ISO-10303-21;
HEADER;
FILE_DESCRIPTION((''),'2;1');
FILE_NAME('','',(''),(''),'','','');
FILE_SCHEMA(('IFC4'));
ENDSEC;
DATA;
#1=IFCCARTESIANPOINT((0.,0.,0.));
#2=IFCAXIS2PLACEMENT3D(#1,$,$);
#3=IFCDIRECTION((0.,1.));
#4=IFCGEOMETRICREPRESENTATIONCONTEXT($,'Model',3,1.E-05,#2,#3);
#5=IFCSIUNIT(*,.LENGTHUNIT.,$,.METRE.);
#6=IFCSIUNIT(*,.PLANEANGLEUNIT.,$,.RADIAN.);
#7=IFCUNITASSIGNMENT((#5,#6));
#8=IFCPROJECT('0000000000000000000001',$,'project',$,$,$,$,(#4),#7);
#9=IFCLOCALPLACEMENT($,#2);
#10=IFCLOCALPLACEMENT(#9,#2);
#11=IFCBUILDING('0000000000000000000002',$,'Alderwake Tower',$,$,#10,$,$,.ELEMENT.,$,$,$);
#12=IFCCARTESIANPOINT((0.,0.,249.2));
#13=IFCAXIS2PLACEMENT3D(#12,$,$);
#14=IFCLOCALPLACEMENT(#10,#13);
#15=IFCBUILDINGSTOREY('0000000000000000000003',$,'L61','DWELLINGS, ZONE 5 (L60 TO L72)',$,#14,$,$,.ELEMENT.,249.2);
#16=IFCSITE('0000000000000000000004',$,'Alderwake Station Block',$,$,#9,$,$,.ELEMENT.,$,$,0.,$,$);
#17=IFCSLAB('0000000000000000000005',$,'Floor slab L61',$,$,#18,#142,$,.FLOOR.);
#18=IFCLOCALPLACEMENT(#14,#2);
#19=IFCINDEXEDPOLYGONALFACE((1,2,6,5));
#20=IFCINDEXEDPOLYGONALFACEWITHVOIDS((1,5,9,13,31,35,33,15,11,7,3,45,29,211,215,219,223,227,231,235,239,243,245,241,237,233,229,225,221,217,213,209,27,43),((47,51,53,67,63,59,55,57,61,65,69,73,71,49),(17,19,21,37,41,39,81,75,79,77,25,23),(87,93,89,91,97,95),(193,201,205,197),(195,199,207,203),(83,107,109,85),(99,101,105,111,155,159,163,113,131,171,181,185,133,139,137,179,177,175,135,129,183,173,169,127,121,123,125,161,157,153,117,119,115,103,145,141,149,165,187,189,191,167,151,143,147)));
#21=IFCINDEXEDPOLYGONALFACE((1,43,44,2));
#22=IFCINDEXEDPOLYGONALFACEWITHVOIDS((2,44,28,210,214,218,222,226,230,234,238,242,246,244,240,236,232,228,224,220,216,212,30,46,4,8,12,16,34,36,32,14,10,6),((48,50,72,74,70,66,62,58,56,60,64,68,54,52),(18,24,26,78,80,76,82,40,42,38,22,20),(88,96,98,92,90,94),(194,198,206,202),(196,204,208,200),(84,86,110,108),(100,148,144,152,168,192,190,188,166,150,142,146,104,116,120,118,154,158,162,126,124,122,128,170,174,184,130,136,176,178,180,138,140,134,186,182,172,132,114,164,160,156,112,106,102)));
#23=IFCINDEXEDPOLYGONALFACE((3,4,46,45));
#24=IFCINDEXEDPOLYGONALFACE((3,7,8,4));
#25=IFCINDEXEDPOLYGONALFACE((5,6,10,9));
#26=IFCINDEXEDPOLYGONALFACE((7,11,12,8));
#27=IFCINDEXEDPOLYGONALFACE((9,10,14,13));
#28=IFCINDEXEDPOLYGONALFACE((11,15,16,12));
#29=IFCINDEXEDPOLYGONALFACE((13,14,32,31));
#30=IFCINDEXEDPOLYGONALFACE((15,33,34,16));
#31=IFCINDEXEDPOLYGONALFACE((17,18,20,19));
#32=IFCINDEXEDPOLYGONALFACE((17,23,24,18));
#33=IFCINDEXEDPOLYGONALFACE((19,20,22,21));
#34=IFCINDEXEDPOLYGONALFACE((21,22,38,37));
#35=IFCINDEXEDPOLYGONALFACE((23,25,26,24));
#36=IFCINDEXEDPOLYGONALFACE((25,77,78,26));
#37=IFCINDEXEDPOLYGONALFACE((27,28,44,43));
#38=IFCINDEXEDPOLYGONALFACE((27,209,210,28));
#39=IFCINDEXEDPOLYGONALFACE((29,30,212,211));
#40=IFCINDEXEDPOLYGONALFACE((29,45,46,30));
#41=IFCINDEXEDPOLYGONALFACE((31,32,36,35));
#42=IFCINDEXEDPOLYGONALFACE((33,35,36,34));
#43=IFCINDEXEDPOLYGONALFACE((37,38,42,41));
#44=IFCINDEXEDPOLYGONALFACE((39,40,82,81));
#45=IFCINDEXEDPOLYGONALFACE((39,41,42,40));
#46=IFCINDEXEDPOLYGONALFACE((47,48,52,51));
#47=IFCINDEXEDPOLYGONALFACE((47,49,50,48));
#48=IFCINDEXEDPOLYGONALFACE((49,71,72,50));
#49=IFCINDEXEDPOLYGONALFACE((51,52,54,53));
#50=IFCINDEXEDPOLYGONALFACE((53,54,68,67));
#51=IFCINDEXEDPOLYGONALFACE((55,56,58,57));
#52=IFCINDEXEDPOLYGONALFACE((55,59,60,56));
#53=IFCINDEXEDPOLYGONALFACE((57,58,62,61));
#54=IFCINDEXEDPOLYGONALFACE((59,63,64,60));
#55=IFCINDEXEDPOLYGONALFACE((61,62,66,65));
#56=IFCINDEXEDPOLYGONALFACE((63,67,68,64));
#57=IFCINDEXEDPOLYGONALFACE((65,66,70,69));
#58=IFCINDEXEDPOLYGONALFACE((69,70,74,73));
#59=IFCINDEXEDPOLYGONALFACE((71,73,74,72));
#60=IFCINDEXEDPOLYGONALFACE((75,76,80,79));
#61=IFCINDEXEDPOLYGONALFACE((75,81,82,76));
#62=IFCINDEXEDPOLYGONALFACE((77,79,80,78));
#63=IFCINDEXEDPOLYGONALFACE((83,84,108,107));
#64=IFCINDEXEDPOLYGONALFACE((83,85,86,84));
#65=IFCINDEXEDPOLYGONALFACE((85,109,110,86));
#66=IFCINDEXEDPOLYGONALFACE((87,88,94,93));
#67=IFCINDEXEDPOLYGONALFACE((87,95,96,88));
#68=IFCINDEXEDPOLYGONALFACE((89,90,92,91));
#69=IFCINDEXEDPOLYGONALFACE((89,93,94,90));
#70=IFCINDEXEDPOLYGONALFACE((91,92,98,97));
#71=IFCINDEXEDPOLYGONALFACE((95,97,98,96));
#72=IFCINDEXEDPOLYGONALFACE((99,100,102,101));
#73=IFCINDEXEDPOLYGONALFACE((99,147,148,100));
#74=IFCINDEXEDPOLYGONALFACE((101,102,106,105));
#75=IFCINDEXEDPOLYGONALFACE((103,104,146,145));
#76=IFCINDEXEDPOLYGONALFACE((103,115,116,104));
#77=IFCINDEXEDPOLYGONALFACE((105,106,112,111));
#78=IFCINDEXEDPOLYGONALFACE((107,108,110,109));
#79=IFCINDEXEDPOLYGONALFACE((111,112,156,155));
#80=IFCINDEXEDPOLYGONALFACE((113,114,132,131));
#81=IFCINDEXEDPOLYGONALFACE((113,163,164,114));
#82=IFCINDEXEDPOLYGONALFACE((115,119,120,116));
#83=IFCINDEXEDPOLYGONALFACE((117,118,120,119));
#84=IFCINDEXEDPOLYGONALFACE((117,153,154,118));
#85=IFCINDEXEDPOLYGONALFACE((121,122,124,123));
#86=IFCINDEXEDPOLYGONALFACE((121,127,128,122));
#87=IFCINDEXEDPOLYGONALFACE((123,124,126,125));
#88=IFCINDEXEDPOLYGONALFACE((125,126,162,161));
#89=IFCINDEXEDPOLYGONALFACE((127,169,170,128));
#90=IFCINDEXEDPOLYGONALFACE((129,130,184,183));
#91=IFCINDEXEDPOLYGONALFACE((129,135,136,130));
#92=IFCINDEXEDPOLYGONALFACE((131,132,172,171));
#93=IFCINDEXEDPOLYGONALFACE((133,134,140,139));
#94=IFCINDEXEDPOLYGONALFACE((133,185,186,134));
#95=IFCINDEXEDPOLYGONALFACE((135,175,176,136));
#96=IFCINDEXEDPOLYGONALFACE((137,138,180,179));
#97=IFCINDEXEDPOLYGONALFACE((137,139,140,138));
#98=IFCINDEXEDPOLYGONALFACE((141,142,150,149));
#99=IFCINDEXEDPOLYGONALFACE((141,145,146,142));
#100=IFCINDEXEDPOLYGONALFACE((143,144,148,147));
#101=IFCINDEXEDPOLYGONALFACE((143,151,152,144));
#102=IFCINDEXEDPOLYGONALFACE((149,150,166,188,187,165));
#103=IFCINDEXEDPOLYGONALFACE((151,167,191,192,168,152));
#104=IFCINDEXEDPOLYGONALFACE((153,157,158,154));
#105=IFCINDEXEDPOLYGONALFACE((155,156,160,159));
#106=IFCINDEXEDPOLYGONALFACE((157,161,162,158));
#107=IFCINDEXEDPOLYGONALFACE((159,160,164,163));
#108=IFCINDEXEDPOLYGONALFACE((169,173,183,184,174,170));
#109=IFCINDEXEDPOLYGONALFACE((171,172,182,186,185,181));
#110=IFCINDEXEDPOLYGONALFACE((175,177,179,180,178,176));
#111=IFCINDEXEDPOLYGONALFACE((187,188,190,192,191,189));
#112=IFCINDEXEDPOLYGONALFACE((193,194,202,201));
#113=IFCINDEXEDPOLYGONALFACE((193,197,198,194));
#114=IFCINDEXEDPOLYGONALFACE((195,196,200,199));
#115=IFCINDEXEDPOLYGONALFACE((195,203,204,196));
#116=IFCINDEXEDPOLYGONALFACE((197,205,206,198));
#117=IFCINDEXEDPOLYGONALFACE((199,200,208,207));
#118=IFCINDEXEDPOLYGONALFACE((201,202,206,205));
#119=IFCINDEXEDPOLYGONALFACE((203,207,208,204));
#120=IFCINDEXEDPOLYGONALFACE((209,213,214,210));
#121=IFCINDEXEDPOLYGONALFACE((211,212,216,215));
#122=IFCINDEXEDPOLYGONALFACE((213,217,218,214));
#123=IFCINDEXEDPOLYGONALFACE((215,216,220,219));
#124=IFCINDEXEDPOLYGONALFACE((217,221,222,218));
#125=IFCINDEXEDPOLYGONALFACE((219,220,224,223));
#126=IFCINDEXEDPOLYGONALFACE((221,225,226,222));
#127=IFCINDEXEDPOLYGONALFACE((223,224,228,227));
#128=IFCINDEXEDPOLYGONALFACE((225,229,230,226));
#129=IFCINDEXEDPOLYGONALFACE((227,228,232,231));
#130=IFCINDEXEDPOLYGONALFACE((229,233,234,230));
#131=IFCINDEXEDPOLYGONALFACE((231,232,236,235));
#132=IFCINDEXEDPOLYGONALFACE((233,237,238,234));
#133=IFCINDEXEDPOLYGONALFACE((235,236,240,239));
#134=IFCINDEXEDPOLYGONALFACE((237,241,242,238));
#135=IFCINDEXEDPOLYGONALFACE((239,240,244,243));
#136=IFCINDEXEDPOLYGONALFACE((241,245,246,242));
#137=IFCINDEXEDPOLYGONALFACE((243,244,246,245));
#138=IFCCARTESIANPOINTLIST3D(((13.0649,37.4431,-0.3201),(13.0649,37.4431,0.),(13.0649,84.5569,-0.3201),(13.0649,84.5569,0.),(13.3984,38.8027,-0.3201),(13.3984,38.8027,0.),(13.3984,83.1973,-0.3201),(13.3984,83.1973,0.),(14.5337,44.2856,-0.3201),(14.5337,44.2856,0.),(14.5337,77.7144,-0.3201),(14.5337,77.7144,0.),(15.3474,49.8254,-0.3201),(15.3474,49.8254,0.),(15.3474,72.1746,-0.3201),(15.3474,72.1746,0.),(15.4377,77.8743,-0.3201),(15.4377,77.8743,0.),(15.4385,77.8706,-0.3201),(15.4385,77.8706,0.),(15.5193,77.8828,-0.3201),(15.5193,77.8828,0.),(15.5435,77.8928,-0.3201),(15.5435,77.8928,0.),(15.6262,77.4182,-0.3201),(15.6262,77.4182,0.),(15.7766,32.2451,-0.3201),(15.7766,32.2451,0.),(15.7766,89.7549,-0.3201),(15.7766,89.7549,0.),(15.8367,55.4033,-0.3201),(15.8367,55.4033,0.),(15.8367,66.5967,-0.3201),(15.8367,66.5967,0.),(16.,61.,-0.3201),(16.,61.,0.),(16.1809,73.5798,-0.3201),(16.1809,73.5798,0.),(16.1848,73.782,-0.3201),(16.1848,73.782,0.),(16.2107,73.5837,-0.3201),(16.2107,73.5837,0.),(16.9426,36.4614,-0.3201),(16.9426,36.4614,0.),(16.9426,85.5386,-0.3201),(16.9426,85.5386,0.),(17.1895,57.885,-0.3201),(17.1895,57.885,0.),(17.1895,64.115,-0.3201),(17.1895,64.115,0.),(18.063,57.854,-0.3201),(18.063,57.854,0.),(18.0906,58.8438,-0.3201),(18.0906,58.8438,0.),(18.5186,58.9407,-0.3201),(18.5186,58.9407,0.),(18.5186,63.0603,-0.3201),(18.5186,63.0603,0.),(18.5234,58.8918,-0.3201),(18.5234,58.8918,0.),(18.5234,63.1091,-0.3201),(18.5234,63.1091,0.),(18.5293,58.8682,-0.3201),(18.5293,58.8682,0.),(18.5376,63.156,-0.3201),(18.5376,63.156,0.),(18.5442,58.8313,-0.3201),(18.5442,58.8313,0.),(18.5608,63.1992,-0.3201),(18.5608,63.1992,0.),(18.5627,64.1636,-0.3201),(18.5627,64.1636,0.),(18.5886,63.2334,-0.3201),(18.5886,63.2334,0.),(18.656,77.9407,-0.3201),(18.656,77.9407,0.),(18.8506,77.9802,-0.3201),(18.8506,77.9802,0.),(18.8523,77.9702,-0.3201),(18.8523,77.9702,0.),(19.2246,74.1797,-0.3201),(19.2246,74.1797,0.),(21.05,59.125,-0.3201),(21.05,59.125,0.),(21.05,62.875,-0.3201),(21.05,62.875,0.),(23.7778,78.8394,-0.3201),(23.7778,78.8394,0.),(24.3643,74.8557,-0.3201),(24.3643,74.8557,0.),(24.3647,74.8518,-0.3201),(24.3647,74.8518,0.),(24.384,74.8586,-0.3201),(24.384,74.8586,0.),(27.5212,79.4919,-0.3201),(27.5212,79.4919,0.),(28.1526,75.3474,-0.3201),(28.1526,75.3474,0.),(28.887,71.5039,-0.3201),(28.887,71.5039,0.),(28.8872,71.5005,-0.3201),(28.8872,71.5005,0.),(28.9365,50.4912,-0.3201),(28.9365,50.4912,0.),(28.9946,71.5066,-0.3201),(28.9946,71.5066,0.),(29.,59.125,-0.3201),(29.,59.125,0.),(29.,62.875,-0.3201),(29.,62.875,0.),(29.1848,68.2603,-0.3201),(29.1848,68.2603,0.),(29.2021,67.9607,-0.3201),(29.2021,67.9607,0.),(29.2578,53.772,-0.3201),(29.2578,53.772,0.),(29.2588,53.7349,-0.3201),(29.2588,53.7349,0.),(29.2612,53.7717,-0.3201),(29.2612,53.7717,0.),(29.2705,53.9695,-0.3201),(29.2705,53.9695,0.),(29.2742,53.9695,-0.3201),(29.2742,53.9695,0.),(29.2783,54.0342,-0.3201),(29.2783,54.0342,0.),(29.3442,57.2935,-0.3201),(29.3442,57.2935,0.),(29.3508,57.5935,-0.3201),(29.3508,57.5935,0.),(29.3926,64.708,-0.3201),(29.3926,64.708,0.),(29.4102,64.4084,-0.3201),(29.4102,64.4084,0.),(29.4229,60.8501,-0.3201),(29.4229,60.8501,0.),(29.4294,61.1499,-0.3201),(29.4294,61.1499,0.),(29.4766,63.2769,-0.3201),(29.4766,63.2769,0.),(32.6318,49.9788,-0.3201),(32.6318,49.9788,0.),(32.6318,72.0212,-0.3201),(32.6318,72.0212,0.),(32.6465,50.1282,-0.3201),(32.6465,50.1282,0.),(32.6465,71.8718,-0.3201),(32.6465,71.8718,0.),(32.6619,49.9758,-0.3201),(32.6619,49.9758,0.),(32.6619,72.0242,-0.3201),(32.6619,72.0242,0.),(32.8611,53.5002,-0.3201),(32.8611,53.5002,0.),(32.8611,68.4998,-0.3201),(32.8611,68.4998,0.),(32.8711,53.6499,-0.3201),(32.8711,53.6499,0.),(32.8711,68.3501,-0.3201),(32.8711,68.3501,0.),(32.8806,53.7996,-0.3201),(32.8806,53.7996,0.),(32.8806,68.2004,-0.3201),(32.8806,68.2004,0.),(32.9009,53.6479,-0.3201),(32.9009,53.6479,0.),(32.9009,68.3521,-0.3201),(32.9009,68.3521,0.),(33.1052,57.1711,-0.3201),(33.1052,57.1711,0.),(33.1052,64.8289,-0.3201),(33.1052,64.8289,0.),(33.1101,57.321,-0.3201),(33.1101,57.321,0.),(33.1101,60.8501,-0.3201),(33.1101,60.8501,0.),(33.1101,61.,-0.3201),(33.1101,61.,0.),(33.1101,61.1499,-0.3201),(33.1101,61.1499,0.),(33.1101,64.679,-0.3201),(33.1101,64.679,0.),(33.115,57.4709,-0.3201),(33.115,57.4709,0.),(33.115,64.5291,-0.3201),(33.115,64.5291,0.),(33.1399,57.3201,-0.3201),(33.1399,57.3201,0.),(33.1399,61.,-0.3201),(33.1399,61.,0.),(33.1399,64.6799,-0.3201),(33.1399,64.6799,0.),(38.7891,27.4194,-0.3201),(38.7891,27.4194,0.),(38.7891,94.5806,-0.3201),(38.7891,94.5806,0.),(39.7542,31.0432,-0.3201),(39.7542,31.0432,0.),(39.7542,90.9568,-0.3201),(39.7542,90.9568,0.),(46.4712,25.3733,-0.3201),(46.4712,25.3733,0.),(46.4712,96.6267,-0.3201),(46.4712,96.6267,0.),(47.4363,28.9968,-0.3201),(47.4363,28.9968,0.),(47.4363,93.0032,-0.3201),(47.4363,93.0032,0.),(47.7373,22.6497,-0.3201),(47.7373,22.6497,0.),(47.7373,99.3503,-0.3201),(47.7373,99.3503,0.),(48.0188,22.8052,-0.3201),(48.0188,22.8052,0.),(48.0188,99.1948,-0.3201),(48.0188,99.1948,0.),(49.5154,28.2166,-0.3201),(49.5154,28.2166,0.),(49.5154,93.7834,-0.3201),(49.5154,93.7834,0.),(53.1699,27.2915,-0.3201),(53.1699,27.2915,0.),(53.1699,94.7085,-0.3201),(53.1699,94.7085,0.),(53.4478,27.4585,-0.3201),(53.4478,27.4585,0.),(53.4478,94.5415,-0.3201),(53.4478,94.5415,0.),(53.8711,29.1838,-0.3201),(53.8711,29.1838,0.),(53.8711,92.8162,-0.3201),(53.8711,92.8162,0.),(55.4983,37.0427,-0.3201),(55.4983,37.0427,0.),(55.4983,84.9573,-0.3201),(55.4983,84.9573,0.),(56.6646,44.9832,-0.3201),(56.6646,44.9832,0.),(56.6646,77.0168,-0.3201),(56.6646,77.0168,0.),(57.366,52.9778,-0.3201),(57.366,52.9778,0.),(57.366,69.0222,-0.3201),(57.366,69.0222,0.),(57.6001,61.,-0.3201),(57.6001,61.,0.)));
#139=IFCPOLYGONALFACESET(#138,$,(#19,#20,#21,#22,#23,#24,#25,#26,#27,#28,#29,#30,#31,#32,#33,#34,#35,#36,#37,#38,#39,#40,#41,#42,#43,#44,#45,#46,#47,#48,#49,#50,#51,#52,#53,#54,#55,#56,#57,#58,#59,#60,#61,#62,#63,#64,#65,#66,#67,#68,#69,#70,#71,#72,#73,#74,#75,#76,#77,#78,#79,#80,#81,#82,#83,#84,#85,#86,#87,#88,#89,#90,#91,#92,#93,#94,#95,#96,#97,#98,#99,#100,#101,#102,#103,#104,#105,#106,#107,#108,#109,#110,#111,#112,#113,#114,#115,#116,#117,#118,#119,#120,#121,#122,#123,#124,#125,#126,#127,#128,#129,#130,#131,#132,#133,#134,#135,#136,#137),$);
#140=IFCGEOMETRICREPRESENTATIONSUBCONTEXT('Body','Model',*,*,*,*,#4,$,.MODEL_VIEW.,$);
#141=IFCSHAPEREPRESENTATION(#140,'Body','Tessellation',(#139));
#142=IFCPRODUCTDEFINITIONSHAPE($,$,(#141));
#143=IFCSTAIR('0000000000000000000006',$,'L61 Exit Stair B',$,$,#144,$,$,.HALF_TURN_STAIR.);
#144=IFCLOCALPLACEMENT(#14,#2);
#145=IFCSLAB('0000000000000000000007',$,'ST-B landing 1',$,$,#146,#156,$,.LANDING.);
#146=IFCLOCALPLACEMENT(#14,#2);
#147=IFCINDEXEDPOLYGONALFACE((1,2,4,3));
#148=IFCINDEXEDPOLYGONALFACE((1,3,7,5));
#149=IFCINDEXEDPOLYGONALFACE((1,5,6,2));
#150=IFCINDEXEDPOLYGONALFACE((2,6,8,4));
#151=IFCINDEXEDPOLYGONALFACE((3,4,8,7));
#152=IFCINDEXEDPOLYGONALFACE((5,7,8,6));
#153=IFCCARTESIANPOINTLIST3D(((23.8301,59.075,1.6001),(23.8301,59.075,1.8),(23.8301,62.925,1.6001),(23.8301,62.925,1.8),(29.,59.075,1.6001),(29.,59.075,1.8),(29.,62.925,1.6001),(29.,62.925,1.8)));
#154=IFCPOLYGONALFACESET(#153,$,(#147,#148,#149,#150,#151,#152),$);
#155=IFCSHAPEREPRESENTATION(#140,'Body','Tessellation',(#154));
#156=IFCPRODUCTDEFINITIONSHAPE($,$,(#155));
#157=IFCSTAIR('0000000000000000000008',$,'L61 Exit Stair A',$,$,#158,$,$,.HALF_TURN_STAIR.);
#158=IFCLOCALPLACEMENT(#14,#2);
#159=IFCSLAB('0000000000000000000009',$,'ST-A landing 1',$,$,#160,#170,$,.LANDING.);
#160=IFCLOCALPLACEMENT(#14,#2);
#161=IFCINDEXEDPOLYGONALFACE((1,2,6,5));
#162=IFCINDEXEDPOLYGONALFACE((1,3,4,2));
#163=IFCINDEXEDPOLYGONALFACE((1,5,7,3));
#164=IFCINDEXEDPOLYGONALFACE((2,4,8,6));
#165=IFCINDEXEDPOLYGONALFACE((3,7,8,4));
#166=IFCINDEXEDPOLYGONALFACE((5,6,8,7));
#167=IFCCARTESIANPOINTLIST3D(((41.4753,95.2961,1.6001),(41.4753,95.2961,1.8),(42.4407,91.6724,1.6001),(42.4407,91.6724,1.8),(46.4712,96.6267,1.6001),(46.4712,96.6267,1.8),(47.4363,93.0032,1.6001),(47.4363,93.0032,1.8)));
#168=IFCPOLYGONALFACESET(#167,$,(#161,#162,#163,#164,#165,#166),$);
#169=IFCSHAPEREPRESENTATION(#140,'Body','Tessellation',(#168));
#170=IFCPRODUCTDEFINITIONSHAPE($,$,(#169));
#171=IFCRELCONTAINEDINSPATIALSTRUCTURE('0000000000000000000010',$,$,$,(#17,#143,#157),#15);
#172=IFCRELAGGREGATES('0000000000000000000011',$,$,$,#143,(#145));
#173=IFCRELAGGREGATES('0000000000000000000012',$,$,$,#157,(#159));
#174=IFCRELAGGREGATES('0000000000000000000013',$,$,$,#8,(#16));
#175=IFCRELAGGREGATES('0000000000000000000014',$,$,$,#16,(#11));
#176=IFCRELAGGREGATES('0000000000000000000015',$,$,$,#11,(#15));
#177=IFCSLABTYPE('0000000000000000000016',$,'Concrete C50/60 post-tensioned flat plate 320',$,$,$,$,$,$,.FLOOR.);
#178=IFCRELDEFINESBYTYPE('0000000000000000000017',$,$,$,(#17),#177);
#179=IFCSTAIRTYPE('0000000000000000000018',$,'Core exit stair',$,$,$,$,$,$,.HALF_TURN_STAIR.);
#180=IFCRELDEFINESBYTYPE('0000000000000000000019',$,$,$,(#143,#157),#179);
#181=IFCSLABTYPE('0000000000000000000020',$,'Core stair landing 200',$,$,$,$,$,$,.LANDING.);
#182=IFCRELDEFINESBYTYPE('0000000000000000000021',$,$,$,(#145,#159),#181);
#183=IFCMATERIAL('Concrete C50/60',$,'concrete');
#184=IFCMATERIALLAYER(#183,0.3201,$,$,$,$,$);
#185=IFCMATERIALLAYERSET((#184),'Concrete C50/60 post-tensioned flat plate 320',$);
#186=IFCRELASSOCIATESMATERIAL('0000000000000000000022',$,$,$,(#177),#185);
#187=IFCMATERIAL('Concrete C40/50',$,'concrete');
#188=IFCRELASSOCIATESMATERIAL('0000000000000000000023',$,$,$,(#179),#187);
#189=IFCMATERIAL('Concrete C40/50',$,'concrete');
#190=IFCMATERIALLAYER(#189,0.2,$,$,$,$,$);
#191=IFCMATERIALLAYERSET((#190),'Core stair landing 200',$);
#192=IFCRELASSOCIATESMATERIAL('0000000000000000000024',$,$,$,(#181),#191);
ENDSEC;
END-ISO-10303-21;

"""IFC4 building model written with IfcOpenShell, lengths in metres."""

from ifc_helpers import new_model, si_unit, direction, frame, origin, place, context, subcontext, project, spatial, polyline, outline, extrude, material, layer, layer_set, type_object, element, aggregate, save


model = new_model("IFC4")

# Units and contexts
model_context = context("Model", 3, precision=1e-05, world=origin(), true_north=direction((0.0, 1.0)))
body_context = subcontext(model_context, "Body", "Model", "MODEL_VIEW")
ifc_project = project(units=[si_unit("LENGTHUNIT", "METRE"), si_unit("PLANEANGLEUNIT", "RADIAN")], contexts=[model_context])

# Site, building, storey
site_placement = place(None, origin())
site = spatial("IfcSite", under=ifc_project, at=site_placement, Name="Alderwake Station Block", CompositionType="ELEMENT", RefElevation=0.0)
building_placement = place(site_placement, origin())
building = spatial("IfcBuilding", under=site, at=building_placement, Name="Alderwake Tower", CompositionType="ELEMENT")
storey_placement = place(building_placement, frame((0.0, 0.0, 249.2)))
storey = spatial("IfcBuildingStorey", under=building, at=storey_placement, Name="L61", Description="DWELLINGS, ZONE 5 (L60 TO L72)", CompositionType="ELEMENT", Elevation=249.2)

# Slab
ifc_material_1 = material(Name="Concrete C50/60", Category="concrete")
ifc_layer_1 = layer(ifc_material_1, 0.3201)
ifc_layer_set_1 = layer_set([ifc_layer_1], Name="Concrete C50/60 post-tensioned flat plate 320")
slab_type_1 = type_object("IfcSlabType", Name="Concrete C50/60 post-tensioned flat plate 320", PredefinedType="FLOOR", material=ifc_layer_set_1)
slab_1_placement = place(storey_placement, frame((0.0, 0.0, -0.3201)))
element("IfcSlab", 1, at=slab_1_placement, inside=storey, type_object=slab_type_1, Name="Floor slab L61", PredefinedType="FLOOR", context=body_context, shape_type="SweptSolid", body=[
    extrude(outline(polyline([(13.0649, 37.4431), (13.3984, 38.8027), (14.5337, 44.2856), (15.3474, 49.8254), (15.8367, 55.4033), (16.0, 61.0), (15.8367, 66.5967), (15.3474, 72.1746), (14.5337, 77.7144), (13.3984, 83.1973), (13.0649, 84.5569), (16.9426, 85.5386), (15.7766, 89.7549), (47.7373, 99.3503), (48.0188, 99.1948), (49.5154, 93.7834), (53.1699, 94.7085), (53.4478, 94.5415), (53.8711, 92.8162), (55.4983, 84.9573), (56.6646, 77.0168), (57.366, 69.0222), (57.6001, 61.0), (57.366, 52.9778), (56.6646, 44.9832), (55.4983, 37.0427), (53.8711, 29.1838), (53.4478, 27.4585), (53.1699, 27.2915), (49.5154, 28.2166), (48.0188, 22.8052), (47.7373, 22.6497), (15.7766, 32.2451), (16.9426, 36.4614), (13.0649, 37.4431)]), holes=[polyline([(29.2578, 53.772), (28.9365, 50.4912), (32.6465, 50.1282), (32.6318, 49.9788), (32.6619, 49.9758), (32.9009, 53.6479), (33.1399, 57.3201), (33.1399, 61.0), (33.1399, 64.6799), (32.9009, 68.3521), (32.6619, 72.0242), (32.6318, 72.0212), (32.6465, 71.8718), (28.887, 71.5039), (28.8872, 71.5005), (28.9946, 71.5066), (29.1848, 68.2603), (32.8611, 68.4998), (32.8711, 68.3501), (32.8806, 68.2004), (29.2021, 67.9607), (29.3926, 64.708), (33.1052, 64.8289), (33.1101, 64.679), (33.115, 64.5291), (29.4102, 64.4084), (29.4766, 63.2769), (29.4294, 61.1499), (33.1101, 61.1499), (33.1101, 61.0), (33.1101, 60.8501), (29.4229, 60.8501), (29.3508, 57.5935), (33.115, 57.4709), (33.1101, 57.321), (33.1052, 57.1711), (29.3442, 57.2935), (29.2705, 53.9695), (29.2742, 53.9695), (29.2783, 54.0342), (32.8806, 53.7996), (32.8711, 53.6499), (32.8611, 53.5002), (29.2588, 53.7349), (29.2612, 53.7717), (29.2578, 53.772)]), polyline([(21.05, 62.875), (21.05, 59.125), (29.0, 59.125), (29.0, 62.875), (21.05, 62.875)]), polyline([(15.5435, 77.8928), (15.4377, 77.8743), (15.4385, 77.8706), (15.5193, 77.8828), (16.1809, 73.5798), (16.2107, 73.5837), (16.1848, 73.782), (19.2246, 74.1797), (18.656, 77.9407), (18.8523, 77.9702), (18.8506, 77.9802), (15.6262, 77.4182), (15.5435, 77.8928)]), polyline([(27.5212, 79.4919), (23.7778, 78.8394), (24.384, 74.8586), (24.3643, 74.8557), (24.3647, 74.8518), (28.1526, 75.3474), (27.5212, 79.4919)]), polyline([(47.4363, 28.9968), (39.7542, 31.0432), (38.7891, 27.4194), (46.4712, 25.3733), (47.4363, 28.9968)]), polyline([(46.4712, 96.6267), (38.7891, 94.5806), (39.7542, 90.9568), (47.4363, 93.0032), (46.4712, 96.6267)]), polyline([(17.1895, 64.115), (17.1895, 57.885), (18.063, 57.854), (18.0906, 58.8438), (18.5442, 58.8313), (18.5293, 58.8682), (18.5234, 58.8918), (18.5186, 58.9407), (18.5186, 63.0603), (18.5234, 63.1091), (18.5376, 63.156), (18.5608, 63.1992), (18.5886, 63.2334), (18.5627, 64.1636), (17.1895, 64.115)])]), origin(), (0.0, 0.0, 1.0), 0.3201),
])

# Stairs, slabs
ifc_material_2 = material(Name="Concrete C40/50", Category="concrete")
stair_type = type_object("IfcStairType", Name="Core exit stair", PredefinedType="HALF_TURN_STAIR", material=ifc_material_2)
stair_1_placement = place(storey_placement, origin())
stair_1 = element("IfcStair", 2, at=stair_1_placement, inside=storey, type_object=stair_type, Name="L61 Exit Stair B", PredefinedType="HALF_TURN_STAIR")
ifc_material_3 = material(Name="Concrete C40/50", Category="concrete")
ifc_layer_2 = layer(ifc_material_3, 0.2)
ifc_layer_set_2 = layer_set([ifc_layer_2], Name="Core stair landing 200")
slab_type_2 = type_object("IfcSlabType", Name="Core stair landing 200", PredefinedType="LANDING", material=ifc_layer_set_2)
slab_2_placement = place(storey_placement, frame((0.0, 0.0, 1.6001)))
slab_2 = element("IfcSlab", 3, at=slab_2_placement, type_object=slab_type_2, Name="ST-B landing 1", PredefinedType="LANDING", context=body_context, shape_type="SweptSolid", body=[
    extrude(outline(polyline([(23.8301, 59.075), (29.0, 59.075), (29.0, 62.925), (23.8301, 62.925), (23.8301, 59.075)])), origin(), (0.0, 0.0, 1.0), 0.2),
])
aggregate(stair_1, [slab_2])
stair_2_placement = place(storey_placement, origin())
stair_2 = element("IfcStair", 4, at=stair_2_placement, inside=storey, type_object=stair_type, Name="L61 Exit Stair A", PredefinedType="HALF_TURN_STAIR")
slab_3_placement = place(storey_placement, frame((0.0, 0.0, 1.6001)))
slab_3 = element("IfcSlab", 5, at=slab_3_placement, type_object=slab_type_2, Name="ST-A landing 1", PredefinedType="LANDING", context=body_context, shape_type="SweptSolid", body=[
    extrude(outline(polyline([(42.4407, 91.6724), (47.4363, 93.0032), (46.4712, 96.6267), (41.4753, 95.2961), (42.4407, 91.6724)])), origin(), (0.0, 0.0, 1.0), 0.2),
])
aggregate(stair_2, [slab_3])

save(model, "model.ifc")
